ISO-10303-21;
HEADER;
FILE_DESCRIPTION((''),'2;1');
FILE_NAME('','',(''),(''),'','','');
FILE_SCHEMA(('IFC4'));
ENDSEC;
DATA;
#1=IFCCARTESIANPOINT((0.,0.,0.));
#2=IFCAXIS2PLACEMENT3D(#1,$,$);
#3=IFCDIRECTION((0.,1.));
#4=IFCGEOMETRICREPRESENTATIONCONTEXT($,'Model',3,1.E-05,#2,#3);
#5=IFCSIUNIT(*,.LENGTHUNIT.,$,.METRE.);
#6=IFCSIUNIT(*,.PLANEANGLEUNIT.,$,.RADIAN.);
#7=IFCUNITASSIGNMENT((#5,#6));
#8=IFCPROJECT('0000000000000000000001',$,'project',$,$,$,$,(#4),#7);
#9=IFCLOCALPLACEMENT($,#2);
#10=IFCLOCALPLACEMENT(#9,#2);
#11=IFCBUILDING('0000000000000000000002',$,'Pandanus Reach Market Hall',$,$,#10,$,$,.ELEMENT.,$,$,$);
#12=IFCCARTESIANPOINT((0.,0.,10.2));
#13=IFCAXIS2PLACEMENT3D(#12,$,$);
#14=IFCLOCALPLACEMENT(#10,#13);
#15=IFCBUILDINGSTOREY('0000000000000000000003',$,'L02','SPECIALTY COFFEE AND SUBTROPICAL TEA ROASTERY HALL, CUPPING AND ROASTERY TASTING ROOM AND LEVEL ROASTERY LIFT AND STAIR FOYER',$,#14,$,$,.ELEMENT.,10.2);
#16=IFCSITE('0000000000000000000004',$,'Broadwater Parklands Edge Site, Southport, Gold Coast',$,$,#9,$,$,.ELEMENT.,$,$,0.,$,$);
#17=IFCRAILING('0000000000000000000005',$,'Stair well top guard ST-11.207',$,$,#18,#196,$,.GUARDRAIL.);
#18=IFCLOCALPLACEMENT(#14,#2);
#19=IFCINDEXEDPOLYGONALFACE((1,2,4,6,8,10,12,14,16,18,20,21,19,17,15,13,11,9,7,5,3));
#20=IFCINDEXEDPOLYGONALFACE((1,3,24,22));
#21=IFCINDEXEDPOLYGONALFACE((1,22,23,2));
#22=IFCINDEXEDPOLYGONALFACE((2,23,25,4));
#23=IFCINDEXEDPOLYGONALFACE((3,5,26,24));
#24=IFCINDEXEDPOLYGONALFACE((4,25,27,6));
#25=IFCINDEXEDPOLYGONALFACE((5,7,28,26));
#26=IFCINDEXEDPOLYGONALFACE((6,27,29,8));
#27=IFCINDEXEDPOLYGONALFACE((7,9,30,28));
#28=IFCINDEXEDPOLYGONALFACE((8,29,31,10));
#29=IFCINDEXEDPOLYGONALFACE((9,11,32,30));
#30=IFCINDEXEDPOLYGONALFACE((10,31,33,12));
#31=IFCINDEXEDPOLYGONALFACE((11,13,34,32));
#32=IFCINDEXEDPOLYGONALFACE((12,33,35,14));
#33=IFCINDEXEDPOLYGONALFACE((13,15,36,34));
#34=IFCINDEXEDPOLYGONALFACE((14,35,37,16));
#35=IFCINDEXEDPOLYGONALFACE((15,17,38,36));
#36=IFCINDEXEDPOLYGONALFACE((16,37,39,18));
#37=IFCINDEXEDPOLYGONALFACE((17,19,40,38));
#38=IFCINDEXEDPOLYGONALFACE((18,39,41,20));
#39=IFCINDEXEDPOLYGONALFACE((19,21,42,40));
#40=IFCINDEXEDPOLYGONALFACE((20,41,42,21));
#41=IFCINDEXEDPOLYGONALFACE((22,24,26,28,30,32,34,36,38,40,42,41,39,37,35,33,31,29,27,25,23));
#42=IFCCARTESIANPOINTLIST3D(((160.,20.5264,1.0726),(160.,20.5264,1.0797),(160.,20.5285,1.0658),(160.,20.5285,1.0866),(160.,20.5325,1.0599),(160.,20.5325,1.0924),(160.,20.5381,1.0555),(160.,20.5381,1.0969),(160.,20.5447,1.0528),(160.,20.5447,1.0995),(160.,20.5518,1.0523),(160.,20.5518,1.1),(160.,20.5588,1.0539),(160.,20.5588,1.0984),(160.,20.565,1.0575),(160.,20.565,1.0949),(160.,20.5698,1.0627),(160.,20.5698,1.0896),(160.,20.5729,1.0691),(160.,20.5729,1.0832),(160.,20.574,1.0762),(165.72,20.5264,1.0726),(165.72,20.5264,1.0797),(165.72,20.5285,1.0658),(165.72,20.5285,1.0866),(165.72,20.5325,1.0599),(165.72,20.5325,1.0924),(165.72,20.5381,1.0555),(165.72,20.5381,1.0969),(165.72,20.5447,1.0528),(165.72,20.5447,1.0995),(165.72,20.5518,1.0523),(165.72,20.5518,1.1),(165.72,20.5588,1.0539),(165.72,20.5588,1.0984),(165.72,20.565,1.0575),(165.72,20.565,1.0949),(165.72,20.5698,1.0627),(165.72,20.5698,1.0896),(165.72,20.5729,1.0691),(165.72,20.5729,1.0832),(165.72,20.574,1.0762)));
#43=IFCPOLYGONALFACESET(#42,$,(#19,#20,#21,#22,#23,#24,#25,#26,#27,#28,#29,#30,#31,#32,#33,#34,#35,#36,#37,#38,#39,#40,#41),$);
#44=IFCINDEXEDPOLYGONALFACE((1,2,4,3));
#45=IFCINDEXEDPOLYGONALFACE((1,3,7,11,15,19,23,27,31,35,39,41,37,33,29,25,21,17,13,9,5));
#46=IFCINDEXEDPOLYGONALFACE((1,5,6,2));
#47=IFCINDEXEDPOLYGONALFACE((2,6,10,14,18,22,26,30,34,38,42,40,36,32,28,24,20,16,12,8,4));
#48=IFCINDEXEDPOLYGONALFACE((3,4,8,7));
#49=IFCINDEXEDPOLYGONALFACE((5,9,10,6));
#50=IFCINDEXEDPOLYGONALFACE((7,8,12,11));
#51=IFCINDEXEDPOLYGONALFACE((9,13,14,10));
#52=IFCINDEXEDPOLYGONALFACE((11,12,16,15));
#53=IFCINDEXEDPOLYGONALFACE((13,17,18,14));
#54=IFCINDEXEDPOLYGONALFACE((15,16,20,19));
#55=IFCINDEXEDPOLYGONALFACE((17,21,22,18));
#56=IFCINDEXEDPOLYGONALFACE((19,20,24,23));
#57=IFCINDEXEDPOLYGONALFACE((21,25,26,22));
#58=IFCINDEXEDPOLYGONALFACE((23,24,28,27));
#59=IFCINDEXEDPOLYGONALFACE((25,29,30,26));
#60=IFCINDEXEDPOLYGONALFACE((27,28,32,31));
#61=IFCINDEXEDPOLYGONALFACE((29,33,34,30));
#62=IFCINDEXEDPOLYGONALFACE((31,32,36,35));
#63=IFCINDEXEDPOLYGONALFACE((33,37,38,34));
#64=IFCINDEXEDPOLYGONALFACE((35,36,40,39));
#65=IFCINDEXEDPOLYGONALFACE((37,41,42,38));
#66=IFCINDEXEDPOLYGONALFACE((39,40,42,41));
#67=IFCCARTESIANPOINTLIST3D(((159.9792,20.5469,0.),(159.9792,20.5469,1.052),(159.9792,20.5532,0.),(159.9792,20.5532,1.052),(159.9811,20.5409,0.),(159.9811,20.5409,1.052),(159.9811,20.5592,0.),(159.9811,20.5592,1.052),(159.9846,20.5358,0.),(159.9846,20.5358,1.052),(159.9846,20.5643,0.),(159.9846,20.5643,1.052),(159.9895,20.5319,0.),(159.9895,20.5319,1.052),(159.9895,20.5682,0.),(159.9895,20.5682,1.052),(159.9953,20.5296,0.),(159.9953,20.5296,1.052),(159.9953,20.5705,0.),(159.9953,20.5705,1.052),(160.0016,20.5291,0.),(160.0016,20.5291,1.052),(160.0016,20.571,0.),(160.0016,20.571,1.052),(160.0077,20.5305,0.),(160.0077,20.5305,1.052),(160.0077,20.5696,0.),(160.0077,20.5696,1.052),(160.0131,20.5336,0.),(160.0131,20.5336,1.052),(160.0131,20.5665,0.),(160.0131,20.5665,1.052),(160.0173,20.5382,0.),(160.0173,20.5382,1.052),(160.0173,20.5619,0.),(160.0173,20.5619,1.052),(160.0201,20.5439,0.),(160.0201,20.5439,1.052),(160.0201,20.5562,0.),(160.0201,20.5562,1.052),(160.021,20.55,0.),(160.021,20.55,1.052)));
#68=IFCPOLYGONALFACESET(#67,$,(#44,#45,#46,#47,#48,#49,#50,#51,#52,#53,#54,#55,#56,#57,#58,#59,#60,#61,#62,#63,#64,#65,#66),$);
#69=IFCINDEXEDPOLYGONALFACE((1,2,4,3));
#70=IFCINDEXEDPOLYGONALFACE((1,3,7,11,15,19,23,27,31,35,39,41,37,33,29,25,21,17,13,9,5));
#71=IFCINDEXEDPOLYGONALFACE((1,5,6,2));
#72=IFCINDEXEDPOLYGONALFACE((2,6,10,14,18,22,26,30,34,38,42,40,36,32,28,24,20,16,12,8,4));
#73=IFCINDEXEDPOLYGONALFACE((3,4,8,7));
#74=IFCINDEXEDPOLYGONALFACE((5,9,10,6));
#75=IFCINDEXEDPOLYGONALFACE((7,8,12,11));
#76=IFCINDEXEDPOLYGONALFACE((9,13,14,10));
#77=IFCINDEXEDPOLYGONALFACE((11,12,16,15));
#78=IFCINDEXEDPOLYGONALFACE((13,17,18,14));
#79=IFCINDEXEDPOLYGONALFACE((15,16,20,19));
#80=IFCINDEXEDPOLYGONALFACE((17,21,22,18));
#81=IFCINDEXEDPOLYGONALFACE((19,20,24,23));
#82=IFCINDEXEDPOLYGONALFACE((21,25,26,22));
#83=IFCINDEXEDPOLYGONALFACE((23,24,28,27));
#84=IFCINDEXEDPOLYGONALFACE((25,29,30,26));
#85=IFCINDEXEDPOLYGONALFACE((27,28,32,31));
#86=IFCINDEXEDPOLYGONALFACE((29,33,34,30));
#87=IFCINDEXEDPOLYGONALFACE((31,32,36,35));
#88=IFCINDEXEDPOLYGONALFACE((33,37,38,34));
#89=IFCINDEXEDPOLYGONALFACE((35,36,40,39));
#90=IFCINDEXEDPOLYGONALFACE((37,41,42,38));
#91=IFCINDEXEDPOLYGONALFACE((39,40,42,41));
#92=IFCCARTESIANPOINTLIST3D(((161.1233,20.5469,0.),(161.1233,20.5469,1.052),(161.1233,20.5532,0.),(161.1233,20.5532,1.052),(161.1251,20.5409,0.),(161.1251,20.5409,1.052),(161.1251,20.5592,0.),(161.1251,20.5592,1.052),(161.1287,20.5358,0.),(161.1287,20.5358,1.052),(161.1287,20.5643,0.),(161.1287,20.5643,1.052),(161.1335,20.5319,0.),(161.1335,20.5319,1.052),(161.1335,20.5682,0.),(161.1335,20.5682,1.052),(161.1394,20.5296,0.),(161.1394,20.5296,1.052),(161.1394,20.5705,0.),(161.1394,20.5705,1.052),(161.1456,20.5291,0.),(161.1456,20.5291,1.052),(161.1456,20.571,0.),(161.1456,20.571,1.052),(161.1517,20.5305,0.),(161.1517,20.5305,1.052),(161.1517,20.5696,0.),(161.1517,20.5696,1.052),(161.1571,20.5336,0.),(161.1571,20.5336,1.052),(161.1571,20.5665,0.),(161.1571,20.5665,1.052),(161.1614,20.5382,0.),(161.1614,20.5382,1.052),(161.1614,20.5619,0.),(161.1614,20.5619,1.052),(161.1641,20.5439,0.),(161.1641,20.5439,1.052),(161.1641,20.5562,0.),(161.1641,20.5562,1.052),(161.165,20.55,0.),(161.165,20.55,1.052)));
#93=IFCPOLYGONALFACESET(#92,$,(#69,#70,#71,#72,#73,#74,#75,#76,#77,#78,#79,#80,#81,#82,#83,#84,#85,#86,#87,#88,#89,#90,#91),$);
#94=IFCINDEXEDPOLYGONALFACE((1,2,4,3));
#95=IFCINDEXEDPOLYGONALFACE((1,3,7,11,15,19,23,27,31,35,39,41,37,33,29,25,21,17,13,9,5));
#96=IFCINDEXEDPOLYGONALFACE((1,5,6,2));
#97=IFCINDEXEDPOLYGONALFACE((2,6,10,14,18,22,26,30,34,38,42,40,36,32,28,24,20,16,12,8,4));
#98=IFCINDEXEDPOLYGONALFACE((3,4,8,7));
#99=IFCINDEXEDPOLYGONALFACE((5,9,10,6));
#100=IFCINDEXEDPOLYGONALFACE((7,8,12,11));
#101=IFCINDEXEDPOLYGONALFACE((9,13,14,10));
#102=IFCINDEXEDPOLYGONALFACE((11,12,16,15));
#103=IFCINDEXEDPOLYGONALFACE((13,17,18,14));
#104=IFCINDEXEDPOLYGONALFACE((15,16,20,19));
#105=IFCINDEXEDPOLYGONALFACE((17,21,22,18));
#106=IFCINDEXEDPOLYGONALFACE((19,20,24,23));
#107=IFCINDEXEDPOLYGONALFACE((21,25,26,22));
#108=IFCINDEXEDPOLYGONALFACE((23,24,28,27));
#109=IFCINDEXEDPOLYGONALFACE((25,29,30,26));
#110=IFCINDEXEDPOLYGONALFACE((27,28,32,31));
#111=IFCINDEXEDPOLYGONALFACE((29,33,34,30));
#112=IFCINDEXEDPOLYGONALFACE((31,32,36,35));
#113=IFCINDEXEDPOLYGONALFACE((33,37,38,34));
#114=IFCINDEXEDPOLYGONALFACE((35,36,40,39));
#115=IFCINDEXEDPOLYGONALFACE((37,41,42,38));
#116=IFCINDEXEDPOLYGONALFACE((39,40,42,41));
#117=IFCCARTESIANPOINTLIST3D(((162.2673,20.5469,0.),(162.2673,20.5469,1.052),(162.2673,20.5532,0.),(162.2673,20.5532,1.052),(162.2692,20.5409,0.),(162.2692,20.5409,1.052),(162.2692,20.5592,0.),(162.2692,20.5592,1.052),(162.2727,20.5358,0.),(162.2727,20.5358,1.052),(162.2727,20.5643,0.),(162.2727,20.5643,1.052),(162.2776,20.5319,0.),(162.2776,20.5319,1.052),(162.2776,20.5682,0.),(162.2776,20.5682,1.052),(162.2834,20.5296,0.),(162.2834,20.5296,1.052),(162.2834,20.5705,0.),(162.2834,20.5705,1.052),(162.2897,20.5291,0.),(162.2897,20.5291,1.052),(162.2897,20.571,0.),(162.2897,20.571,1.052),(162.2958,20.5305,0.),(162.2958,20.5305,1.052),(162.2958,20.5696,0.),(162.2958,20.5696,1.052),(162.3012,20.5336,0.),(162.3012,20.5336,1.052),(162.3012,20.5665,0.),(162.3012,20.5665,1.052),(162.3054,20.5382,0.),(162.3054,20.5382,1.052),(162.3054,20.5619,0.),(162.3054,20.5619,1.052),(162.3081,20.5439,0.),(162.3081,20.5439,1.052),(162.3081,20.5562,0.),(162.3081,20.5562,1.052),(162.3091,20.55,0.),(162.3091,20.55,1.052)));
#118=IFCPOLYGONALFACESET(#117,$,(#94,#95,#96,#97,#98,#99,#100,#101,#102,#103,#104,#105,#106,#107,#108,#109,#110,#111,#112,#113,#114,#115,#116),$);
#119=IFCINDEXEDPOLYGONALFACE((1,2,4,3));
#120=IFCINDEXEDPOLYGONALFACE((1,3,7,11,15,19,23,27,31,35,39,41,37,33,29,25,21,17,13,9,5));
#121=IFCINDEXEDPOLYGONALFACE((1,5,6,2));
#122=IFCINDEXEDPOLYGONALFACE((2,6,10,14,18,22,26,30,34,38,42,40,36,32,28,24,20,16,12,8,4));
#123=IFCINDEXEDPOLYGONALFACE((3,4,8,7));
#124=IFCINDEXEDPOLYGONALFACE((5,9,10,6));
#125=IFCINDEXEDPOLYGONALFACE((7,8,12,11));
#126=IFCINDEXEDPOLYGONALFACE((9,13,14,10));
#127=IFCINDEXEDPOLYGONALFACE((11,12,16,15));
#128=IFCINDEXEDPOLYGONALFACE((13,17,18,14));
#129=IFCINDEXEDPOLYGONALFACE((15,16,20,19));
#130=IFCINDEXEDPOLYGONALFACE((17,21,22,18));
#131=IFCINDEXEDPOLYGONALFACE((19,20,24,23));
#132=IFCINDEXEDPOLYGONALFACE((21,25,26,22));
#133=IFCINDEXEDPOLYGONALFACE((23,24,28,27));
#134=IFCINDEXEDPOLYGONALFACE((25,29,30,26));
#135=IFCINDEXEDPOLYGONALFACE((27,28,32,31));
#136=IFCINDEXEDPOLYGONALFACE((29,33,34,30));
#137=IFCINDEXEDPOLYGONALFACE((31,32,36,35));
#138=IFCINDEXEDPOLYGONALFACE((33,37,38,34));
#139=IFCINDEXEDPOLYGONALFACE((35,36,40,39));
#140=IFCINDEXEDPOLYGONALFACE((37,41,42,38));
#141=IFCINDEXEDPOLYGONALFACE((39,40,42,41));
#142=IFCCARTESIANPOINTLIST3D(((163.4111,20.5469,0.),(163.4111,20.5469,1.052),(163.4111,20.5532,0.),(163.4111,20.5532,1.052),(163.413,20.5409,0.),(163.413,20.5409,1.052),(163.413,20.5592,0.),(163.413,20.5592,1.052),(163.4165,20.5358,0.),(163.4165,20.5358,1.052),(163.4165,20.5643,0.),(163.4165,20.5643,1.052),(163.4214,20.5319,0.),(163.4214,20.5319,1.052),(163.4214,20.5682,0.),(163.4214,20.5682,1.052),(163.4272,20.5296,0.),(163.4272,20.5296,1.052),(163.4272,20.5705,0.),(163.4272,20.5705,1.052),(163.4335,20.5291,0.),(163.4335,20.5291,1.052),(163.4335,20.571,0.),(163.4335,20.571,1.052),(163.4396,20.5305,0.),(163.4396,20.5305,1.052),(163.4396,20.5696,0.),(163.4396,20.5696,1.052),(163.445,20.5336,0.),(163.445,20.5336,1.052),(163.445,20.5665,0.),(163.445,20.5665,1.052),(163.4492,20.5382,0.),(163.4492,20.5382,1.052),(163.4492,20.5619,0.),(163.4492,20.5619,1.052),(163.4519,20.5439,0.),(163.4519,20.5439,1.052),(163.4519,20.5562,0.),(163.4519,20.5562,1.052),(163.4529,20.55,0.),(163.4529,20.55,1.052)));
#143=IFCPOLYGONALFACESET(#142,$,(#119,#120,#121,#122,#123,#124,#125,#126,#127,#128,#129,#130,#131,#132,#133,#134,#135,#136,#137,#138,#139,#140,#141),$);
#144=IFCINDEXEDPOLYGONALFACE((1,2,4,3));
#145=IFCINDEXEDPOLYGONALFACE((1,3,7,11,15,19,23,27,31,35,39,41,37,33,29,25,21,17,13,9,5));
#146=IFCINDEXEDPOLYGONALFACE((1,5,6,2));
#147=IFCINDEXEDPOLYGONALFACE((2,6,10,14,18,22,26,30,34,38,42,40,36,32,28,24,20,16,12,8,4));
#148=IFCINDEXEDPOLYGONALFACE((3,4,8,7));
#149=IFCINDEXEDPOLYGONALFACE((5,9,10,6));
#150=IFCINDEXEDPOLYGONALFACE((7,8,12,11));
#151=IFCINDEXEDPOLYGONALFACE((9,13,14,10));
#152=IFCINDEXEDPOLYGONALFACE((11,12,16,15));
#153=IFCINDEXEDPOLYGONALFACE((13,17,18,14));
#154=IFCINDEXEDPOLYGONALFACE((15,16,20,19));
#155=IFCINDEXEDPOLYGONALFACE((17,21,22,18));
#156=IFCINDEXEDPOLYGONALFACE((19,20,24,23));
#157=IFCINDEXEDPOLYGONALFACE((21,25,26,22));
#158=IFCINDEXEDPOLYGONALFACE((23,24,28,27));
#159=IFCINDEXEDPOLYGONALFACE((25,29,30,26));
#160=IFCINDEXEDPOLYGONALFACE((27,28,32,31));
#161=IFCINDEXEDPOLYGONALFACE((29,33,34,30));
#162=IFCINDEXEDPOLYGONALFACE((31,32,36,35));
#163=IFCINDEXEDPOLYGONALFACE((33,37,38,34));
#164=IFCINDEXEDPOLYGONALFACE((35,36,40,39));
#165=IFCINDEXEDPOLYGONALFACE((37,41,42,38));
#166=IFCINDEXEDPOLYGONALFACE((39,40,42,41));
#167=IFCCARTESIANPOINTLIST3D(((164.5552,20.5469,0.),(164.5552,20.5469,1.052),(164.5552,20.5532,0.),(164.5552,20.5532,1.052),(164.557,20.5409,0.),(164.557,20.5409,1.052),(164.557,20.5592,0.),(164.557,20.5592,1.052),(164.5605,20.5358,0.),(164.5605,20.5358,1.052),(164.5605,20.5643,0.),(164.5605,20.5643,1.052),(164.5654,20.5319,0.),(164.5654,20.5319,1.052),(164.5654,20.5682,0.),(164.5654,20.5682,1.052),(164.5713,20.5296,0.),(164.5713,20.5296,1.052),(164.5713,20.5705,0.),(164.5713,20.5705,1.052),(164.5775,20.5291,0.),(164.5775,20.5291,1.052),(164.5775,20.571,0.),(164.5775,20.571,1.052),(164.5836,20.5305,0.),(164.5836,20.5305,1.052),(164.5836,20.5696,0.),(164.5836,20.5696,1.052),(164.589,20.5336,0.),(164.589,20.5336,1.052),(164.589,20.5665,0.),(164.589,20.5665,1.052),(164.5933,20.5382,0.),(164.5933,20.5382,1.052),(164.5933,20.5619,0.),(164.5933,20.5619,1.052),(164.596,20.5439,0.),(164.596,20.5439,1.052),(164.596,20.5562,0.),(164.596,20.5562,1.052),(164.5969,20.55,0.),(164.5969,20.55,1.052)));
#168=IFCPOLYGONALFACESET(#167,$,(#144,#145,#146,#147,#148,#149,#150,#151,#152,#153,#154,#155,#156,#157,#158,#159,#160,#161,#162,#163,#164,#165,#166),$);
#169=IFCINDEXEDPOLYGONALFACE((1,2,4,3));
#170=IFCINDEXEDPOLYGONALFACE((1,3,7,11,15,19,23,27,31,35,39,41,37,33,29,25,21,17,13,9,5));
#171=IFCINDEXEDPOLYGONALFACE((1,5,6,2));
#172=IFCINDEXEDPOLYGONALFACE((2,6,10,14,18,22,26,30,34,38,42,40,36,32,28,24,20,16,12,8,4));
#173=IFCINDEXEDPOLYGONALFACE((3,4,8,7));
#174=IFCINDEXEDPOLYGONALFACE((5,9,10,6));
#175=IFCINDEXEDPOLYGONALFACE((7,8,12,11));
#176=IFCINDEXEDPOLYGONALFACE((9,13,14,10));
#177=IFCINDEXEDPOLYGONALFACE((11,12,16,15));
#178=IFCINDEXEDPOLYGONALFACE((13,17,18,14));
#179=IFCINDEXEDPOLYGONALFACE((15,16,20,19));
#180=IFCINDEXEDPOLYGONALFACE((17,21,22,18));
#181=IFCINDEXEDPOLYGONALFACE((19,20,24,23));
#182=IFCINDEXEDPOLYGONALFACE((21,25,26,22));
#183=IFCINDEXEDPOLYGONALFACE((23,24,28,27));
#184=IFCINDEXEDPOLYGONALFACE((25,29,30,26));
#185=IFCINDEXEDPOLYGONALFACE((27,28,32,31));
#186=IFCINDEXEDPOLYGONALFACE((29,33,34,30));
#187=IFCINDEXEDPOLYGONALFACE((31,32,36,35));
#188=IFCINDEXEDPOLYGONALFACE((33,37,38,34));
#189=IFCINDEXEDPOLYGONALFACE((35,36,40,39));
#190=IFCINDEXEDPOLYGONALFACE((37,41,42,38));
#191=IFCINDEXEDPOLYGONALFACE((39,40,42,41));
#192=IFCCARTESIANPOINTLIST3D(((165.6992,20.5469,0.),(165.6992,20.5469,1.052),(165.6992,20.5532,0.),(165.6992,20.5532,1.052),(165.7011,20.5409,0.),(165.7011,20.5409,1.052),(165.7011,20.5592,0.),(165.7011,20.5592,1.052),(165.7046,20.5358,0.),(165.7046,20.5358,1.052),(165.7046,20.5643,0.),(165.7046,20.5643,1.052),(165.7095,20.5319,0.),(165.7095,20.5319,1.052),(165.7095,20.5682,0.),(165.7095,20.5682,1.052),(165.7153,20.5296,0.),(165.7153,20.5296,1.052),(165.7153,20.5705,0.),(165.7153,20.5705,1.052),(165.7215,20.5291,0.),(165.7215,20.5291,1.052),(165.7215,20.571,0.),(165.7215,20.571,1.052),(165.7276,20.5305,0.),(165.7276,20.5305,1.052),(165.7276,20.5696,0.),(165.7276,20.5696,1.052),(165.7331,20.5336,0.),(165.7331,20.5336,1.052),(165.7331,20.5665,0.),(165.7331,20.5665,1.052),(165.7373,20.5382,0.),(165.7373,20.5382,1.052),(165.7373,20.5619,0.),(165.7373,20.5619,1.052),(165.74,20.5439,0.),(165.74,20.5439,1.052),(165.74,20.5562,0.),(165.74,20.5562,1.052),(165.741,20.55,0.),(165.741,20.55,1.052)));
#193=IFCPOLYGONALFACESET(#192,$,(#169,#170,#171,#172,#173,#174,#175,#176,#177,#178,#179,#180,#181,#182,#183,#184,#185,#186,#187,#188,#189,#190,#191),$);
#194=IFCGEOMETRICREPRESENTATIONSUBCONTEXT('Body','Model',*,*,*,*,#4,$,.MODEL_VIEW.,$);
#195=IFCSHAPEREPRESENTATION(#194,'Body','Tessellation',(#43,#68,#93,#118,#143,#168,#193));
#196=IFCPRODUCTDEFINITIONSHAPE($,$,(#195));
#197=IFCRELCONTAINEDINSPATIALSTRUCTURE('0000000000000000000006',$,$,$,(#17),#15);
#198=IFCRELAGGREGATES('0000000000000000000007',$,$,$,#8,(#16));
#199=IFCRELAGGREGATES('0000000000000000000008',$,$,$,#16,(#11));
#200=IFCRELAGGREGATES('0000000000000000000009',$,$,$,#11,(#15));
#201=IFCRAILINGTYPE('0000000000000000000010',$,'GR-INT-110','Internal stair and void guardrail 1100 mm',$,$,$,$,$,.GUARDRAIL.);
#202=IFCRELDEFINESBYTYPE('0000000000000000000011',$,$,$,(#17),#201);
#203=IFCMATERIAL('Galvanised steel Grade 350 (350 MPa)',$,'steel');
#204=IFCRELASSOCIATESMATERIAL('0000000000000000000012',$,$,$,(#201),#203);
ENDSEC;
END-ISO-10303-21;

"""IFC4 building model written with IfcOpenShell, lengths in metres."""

from ifc_helpers import new_model, si_unit, direction, frame, origin, origin_2d, place, context, subcontext, project, spatial, circle, extrude, material, type_object, element, save


model = new_model("IFC4")

# Units and contexts
model_context = context("Model", 3, precision=1e-05, world=origin(), true_north=direction((0.0, 1.0)))
body_context = subcontext(model_context, "Body", "Model", "MODEL_VIEW")
ifc_project = project(units=[si_unit("LENGTHUNIT", "METRE"), si_unit("PLANEANGLEUNIT", "RADIAN")], contexts=[model_context])

# Site, building, storey
site_placement = place(None, origin())
site = spatial("IfcSite", under=ifc_project, at=site_placement, Name="Broadwater Parklands Edge Site, Southport, Gold Coast", CompositionType="ELEMENT", RefElevation=0.0)
building_placement = place(site_placement, origin())
building = spatial("IfcBuilding", under=site, at=building_placement, Name="Pandanus Reach Market Hall", CompositionType="ELEMENT")
storey_placement = place(building_placement, frame((0.0, 0.0, 10.2)))
storey = spatial("IfcBuildingStorey", under=building, at=storey_placement, Name="L02", Description="SPECIALTY COFFEE AND SUBTROPICAL TEA ROASTERY HALL, CUPPING AND ROASTERY TASTING ROOM AND LEVEL ROASTERY LIFT AND STAIR FOYER", CompositionType="ELEMENT", Elevation=10.2)

# Railing
ifc_material_1 = material(Name="Galvanised steel Grade 350 (350 MPa)", Category="steel")
railing_type = type_object("IfcRailingType", Name="GR-INT-110", Description="Internal stair and void guardrail 1100 mm", PredefinedType="GUARDRAIL", material=ifc_material_1)
for number, where, name in (
    (1, (160.0, 20.55, 0.0), "Stair well top guard ST-11.207"),
):
    element("IfcRailing", number, at=place(storey_placement, frame(where)), inside=storey, type_object=railing_type, Name=name, PredefinedType="GUARDRAIL", context=body_context, shape_type="SweptSolid", body=[
        extrude(circle(Radius=0.0239, at=origin_2d()), frame((0.0, 0.0, 1.0762), z_axis=(1.0, 0.0, 0.0), x_axis=(0.0, 1.0, 0.0)), (0.0, 0.0, 1.0), 5.72),
        extrude(circle(Radius=0.021, at=origin_2d()), origin(), (0.0, 0.0, 1.0), 1.052),
        extrude(circle(Radius=0.021, at=origin_2d()), frame((1.144, 0.0, 0.0)), (0.0, 0.0, 1.0), 1.052),
        extrude(circle(Radius=0.021, at=origin_2d()), frame((2.2881, 0.0, 0.0)), (0.0, 0.0, 1.0), 1.052),
        extrude(circle(Radius=0.021, at=origin_2d()), frame((3.4319, 0.0, 0.0)), (0.0, 0.0, 1.0), 1.052),
        extrude(circle(Radius=0.021, at=origin_2d()), frame((4.5759, 0.0, 0.0)), (0.0, 0.0, 1.0), 1.052),
        extrude(circle(Radius=0.021, at=origin_2d()), frame((5.72, 0.0, 0.0)), (0.0, 0.0, 1.0), 1.052),
    ])

save(model, "model.ifc")
